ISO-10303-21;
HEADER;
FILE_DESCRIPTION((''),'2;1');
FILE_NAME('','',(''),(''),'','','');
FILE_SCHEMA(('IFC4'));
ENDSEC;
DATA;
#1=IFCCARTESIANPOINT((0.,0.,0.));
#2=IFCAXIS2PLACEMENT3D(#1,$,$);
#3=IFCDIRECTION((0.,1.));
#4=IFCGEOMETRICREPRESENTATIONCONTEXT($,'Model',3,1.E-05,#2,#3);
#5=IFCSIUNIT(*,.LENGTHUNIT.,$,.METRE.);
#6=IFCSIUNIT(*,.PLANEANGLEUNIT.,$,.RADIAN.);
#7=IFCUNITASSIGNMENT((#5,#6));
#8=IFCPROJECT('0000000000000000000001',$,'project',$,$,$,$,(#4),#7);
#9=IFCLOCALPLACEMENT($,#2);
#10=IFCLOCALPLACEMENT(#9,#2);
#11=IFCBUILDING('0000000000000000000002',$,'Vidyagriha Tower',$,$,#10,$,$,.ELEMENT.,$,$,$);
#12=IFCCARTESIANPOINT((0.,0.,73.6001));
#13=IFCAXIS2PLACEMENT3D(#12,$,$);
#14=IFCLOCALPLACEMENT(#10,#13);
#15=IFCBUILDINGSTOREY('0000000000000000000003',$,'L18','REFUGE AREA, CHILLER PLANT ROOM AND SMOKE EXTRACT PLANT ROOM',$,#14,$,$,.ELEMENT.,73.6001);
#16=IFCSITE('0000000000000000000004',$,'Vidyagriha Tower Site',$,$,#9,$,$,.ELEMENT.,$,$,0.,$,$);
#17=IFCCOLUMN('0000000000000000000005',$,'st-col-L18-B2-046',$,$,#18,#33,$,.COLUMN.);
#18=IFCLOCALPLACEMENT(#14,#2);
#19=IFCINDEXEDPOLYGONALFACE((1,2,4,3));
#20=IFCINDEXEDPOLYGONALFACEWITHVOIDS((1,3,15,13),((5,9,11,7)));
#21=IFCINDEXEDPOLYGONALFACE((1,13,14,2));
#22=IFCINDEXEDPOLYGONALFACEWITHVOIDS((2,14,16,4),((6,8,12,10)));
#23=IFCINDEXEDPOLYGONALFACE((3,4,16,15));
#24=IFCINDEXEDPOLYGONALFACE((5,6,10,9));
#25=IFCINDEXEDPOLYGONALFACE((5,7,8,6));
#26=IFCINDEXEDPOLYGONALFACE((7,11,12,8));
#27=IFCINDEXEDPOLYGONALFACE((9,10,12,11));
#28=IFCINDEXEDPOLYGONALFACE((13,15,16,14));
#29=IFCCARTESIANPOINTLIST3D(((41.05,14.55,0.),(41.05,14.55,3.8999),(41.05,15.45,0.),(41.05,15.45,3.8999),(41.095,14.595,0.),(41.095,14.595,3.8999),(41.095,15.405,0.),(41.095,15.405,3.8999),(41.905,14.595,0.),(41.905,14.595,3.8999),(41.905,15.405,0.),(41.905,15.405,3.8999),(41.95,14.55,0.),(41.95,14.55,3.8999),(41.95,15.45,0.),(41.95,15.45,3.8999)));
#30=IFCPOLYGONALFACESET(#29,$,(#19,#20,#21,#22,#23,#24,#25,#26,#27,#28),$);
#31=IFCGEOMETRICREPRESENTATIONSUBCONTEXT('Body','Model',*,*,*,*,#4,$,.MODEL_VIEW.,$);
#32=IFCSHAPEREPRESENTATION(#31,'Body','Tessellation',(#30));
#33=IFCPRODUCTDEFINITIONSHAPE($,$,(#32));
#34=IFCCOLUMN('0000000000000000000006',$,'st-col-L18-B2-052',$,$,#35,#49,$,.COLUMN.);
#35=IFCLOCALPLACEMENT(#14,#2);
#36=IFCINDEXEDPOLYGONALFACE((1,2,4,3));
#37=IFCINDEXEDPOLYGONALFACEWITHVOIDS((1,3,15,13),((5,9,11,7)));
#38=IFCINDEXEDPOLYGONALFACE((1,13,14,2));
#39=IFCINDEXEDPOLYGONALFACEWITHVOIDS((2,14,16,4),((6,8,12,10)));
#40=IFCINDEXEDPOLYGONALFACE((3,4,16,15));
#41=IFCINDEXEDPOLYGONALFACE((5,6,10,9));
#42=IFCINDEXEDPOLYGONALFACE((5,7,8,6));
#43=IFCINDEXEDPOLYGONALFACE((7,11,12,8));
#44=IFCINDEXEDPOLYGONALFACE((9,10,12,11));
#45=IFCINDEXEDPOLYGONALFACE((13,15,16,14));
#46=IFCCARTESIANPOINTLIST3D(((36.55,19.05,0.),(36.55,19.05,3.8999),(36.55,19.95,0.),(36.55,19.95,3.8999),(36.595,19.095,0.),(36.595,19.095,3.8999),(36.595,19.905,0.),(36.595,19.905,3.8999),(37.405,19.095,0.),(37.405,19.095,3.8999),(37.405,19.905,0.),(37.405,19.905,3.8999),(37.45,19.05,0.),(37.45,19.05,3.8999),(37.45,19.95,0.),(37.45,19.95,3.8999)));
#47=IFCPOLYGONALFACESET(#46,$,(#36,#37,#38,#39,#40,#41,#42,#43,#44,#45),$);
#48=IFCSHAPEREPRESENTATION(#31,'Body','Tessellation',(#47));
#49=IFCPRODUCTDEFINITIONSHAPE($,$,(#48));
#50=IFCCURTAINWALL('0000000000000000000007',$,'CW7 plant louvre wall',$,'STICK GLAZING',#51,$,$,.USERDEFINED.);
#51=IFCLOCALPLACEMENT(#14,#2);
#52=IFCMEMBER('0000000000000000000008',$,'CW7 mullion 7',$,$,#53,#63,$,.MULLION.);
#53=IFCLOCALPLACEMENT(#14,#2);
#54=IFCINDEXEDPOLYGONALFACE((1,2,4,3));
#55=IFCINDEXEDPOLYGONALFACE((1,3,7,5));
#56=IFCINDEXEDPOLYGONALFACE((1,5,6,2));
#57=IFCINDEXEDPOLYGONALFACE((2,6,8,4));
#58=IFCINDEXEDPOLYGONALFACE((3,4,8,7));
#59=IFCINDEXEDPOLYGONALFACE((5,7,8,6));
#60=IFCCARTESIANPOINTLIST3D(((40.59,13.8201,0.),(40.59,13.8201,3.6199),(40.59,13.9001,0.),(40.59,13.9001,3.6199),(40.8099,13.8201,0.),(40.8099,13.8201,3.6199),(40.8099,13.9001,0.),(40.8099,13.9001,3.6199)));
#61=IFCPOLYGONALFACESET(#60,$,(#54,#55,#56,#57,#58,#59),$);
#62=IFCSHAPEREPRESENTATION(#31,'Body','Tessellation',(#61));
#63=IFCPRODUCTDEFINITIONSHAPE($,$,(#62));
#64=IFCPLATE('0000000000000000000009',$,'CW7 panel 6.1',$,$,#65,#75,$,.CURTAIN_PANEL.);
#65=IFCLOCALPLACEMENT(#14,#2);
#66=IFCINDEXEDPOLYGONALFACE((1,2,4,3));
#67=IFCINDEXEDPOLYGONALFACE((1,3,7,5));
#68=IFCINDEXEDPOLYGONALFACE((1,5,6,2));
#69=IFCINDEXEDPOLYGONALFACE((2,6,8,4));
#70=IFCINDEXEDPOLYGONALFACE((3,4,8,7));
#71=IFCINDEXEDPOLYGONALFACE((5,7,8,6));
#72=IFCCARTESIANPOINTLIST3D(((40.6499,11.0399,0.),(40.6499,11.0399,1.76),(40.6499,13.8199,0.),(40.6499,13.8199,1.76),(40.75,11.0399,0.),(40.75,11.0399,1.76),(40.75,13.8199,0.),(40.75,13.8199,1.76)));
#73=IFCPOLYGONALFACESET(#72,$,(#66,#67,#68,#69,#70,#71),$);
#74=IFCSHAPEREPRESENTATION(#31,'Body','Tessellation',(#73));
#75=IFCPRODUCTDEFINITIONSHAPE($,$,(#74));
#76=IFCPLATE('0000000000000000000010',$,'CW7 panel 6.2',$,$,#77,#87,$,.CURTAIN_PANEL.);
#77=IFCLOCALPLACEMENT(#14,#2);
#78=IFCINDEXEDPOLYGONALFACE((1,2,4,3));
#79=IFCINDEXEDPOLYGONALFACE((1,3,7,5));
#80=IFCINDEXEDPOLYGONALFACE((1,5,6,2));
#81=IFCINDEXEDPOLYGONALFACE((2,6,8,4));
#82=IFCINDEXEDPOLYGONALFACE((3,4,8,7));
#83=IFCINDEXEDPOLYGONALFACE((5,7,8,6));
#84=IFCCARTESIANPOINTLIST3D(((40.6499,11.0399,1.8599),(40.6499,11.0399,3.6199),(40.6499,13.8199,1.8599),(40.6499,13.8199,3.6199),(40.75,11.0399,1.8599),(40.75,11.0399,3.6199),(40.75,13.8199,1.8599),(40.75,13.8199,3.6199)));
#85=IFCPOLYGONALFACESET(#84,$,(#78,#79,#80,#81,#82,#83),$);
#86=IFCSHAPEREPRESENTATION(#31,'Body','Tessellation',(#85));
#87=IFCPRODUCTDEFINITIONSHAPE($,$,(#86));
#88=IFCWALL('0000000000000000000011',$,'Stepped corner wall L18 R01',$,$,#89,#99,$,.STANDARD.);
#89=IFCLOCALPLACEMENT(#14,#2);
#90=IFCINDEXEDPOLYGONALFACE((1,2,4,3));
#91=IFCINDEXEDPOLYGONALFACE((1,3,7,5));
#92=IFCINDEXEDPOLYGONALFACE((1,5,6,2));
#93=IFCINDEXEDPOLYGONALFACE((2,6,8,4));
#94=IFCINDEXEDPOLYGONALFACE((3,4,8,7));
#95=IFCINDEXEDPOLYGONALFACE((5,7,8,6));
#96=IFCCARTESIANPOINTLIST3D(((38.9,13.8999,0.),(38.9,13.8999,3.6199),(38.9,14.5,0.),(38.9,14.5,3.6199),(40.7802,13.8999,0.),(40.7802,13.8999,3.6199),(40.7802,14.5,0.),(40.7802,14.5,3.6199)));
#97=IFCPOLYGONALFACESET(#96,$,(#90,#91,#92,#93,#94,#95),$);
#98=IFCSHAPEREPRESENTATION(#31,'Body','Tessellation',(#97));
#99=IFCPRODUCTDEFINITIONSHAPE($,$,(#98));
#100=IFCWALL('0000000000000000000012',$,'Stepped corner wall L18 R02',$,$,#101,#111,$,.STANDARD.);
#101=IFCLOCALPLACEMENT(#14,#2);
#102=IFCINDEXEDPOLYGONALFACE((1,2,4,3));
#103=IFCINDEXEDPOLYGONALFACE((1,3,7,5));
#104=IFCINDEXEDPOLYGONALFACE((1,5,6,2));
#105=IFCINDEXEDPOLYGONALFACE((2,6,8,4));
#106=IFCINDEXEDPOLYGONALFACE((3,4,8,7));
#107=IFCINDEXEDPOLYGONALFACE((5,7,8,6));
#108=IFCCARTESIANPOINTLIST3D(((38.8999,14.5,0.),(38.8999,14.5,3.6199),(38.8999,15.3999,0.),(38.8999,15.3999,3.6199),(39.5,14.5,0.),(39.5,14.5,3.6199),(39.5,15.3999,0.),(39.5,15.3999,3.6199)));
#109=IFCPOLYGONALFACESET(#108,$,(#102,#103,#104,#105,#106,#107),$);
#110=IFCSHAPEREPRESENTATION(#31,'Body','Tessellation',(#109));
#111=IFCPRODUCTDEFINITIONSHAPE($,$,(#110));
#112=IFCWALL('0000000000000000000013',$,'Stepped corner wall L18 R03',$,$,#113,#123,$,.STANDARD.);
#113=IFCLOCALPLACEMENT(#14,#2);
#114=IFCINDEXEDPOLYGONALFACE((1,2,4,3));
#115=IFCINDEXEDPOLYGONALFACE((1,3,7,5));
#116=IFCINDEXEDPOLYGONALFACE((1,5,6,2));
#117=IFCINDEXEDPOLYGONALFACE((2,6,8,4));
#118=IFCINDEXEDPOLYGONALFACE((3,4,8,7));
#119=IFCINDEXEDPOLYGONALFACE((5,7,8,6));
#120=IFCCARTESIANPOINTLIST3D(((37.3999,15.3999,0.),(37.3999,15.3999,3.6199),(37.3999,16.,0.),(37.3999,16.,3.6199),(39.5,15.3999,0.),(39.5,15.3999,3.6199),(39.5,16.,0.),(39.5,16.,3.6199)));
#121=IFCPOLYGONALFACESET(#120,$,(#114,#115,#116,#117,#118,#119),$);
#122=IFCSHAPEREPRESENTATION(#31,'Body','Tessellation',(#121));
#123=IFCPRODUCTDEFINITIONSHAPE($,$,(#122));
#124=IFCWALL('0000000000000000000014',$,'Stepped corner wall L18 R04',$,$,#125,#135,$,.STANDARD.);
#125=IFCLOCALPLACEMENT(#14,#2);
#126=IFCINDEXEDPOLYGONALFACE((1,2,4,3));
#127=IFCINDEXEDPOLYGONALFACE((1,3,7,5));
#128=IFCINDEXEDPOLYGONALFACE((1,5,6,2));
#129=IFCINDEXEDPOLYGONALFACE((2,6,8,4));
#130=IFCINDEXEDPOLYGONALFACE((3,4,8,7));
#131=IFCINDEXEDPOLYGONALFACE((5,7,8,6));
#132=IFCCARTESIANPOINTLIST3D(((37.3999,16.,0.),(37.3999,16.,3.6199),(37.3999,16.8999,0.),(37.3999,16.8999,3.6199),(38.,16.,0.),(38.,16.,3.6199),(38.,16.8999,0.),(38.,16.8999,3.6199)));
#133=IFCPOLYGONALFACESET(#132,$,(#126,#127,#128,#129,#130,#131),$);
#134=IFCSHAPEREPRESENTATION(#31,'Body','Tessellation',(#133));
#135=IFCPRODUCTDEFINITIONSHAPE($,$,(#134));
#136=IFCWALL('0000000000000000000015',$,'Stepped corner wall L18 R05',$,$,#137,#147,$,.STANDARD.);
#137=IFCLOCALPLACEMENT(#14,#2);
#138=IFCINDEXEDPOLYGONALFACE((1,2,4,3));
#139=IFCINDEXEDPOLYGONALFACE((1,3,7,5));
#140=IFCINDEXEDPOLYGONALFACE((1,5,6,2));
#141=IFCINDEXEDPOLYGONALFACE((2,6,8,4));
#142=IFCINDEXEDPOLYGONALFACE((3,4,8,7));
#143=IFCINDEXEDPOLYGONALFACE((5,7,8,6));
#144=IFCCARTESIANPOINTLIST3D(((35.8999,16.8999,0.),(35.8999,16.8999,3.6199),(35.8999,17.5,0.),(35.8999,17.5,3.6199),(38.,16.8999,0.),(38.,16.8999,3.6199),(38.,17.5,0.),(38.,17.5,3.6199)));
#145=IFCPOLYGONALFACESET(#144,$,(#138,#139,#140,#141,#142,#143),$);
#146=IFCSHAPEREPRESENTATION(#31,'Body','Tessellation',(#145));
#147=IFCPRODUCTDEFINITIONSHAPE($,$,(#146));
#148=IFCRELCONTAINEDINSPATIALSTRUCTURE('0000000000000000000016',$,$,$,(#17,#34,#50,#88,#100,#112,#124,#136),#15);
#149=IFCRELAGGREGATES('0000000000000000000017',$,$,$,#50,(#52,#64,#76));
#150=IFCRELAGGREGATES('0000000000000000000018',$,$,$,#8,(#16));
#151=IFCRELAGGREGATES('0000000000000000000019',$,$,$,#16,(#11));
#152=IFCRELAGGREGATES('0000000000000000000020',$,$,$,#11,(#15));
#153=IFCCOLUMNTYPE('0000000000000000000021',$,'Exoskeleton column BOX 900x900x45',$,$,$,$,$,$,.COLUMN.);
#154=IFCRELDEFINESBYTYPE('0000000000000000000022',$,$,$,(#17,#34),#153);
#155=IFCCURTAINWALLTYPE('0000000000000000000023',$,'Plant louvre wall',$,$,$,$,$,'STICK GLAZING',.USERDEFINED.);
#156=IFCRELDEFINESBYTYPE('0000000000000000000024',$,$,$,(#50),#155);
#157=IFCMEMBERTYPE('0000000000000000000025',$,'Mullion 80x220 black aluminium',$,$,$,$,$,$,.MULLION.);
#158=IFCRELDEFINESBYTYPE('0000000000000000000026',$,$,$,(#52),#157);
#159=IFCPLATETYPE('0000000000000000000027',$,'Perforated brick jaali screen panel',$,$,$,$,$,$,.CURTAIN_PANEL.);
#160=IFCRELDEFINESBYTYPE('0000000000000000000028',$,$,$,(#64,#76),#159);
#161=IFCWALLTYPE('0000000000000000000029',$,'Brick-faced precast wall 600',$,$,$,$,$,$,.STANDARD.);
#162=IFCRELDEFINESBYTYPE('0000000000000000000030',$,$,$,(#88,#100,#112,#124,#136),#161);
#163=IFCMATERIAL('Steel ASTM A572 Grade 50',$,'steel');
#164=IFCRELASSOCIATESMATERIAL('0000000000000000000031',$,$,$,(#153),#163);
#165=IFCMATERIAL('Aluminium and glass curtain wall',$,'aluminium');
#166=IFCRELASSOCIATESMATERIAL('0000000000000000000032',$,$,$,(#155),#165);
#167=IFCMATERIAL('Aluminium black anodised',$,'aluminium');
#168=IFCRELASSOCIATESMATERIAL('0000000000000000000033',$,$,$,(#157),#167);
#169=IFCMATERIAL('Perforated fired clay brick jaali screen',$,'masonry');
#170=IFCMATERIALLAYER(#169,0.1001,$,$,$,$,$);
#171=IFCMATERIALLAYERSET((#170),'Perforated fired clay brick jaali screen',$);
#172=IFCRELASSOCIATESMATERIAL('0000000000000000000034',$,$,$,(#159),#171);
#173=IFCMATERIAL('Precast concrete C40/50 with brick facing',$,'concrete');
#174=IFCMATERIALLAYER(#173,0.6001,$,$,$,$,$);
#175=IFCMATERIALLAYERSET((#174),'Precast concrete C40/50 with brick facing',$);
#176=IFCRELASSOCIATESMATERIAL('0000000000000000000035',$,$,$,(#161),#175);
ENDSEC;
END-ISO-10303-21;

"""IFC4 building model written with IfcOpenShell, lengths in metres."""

from ifc_helpers import new_model, si_unit, direction, frame, frame_2d, origin, origin_2d, place, context, subcontext, project, spatial, rectangle, hollow_rectangle, extrude, material, layer, layer_set, material_profile, profile_set, type_object, element, aggregate, save


model = new_model("IFC4")

# Units and contexts
model_context = context("Model", 3, precision=1e-05, world=origin(), true_north=direction((0.0, 1.0)))
body_context = subcontext(model_context, "Body", "Model", "MODEL_VIEW")
ifc_project = project(units=[si_unit("LENGTHUNIT", "METRE"), si_unit("PLANEANGLEUNIT", "RADIAN")], contexts=[model_context])

# Site, building, storey
site_placement = place(None, origin())
site = spatial("IfcSite", under=ifc_project, at=site_placement, Name="Vidyagriha Tower Site", CompositionType="ELEMENT", RefElevation=0.0)
building_placement = place(site_placement, origin())
building = spatial("IfcBuilding", under=site, at=building_placement, Name="Vidyagriha Tower", CompositionType="ELEMENT")
storey_placement = place(building_placement, frame((0.0, 0.0, 73.6001)))
storey = spatial("IfcBuildingStorey", under=building, at=storey_placement, Name="L18", Description="REFUGE AREA, CHILLER PLANT ROOM AND SMOKE EXTRACT PLANT ROOM", CompositionType="ELEMENT", Elevation=73.6001)

# Columns
ifc_material_1 = material(Name="Steel ASTM A572 Grade 50", Category="steel")
ifc_material_profile_1 = material_profile(ifc_material_1, hollow_rectangle(XDim=0.8999, YDim=0.8999, WallThickness=0.0449, at=origin_2d()), Name="BOX 900x900x45")
ifc_profile_set_1 = profile_set([ifc_material_profile_1], Name="Steel ASTM A572 Grade 50")
column_type = type_object("IfcColumnType", Name="Exoskeleton column BOX 900x900x45", PredefinedType="COLUMN", material=ifc_profile_set_1)
for number, where, name in (
    (1, (41.5, 15.0, 0.0), "st-col-L18-B2-046"),
    (2, (37.0, 19.5, 0.0), "st-col-L18-B2-052"),
):
    element("IfcColumn", number, at=place(storey_placement, frame(where)), inside=storey, type_object=column_type, Name=name, PredefinedType="COLUMN", context=body_context, shape_type="SweptSolid", body=[
        extrude(hollow_rectangle(XDim=0.8999, YDim=0.8999, WallThickness=0.0449, at=origin_2d()), origin(), (0.0, 0.0, 1.0), 3.8999),
    ])

# Curtain wall, member, plates
ifc_material_2 = material(Name="Aluminium and glass curtain wall", Category="aluminium")
curtain_wall_type = type_object("IfcCurtainWallType", Name="Plant louvre wall", ElementType="STICK GLAZING", PredefinedType="USERDEFINED", material=ifc_material_2)
curtain_wall_placement = place(storey_placement, origin())
curtain_wall = element("IfcCurtainWall", 3, at=curtain_wall_placement, inside=storey, type_object=curtain_wall_type, Name="CW7 plant louvre wall", ObjectType="STICK GLAZING", PredefinedType="USERDEFINED")
ifc_material_3 = material(Name="Aluminium black anodised", Category="aluminium")
ifc_material_profile_2 = material_profile(ifc_material_3, rectangle(XDim=0.22, YDim=0.0801, at=origin_2d()), Name="Mullion 80x220 black aluminium")
ifc_profile_set_2 = profile_set([ifc_material_profile_2], Name="Aluminium black anodised")
member_type = type_object("IfcMemberType", Name="Mullion 80x220 black aluminium", PredefinedType="MULLION", material=ifc_profile_set_2)
member_placement = place(storey_placement, frame((40.7, 13.8601, 0.0), z_axis=(0.0, 0.0, 1.0), x_axis=(-1.0, 0.0, 0.0)))
member = element("IfcMember", 4, at=member_placement, type_object=member_type, Name="CW7 mullion 7", PredefinedType="MULLION", context=body_context, shape_type="SweptSolid", body=[
    extrude(rectangle(XDim=0.22, YDim=0.0801, at=origin_2d()), origin(), (0.0, 0.0, 1.0), 3.6199),
])
ifc_material_4 = material(Name="Perforated fired clay brick jaali screen", Category="masonry")
ifc_layer_1 = layer(ifc_material_4, 0.1001)
ifc_layer_set_1 = layer_set([ifc_layer_1], Name="Perforated fired clay brick jaali screen")
plate_type = type_object("IfcPlateType", Name="Perforated brick jaali screen panel", PredefinedType="CURTAIN_PANEL", material=ifc_layer_set_1)
plate_1_placement = place(storey_placement, frame((40.7, 12.4299, 0.0), z_axis=(0.0, 0.0, 1.0), x_axis=(0.0, 1.0, 0.0)))
plate_1 = element("IfcPlate", 5, at=plate_1_placement, type_object=plate_type, Name="CW7 panel 6.1", PredefinedType="CURTAIN_PANEL", context=body_context, shape_type="SweptSolid", body=[
    extrude(rectangle(XDim=2.78, YDim=0.1001, at=origin_2d()), origin(), (0.0, 0.0, 1.0), 1.76),
])
plate_2_placement = place(storey_placement, frame((40.7, 12.4299, 1.8599), z_axis=(0.0, 0.0, 1.0), x_axis=(0.0, 1.0, 0.0)))
plate_2 = element("IfcPlate", 6, at=plate_2_placement, type_object=plate_type, Name="CW7 panel 6.2", PredefinedType="CURTAIN_PANEL", context=body_context, shape_type="SweptSolid", body=[
    extrude(rectangle(XDim=2.78, YDim=0.1001, at=origin_2d()), origin(), (0.0, 0.0, 1.0), 1.76),
])
aggregate(curtain_wall, [member, plate_1, plate_2])

# Walls
ifc_material_5 = material(Name="Precast concrete C40/50 with brick facing", Category="concrete")
ifc_layer_2 = layer(ifc_material_5, 0.6001)
ifc_layer_set_2 = layer_set([ifc_layer_2], Name="Precast concrete C40/50 with brick facing")
wall_type = type_object("IfcWallType", Name="Brick-faced precast wall 600", PredefinedType="STANDARD", material=ifc_layer_set_2)
wall_1_placement = place(storey_placement, frame((40.78, 14.2, 0.0), z_axis=(0.0, 0.0, 1.0), x_axis=(-1.0, 0.0, 0.0)))
element("IfcWall", 7, at=wall_1_placement, inside=storey, type_object=wall_type, Name="Stepped corner wall L18 R01", PredefinedType="STANDARD", context=body_context, shape_type="SweptSolid", body=[
    extrude(rectangle(XDim=1.8801, YDim=0.6001, at=frame_2d((0.9399, 0.0))), origin(), (0.0, 0.0, 1.0), 3.6199),
])
wall_2_placement = place(storey_placement, frame((39.2, 14.5, 0.0), z_axis=(0.0, 0.0, 1.0), x_axis=(0.0, 1.0, 0.0)))
element("IfcWall", 8, at=wall_2_placement, inside=storey, type_object=wall_type, Name="Stepped corner wall L18 R02", PredefinedType="STANDARD", context=body_context, shape_type="SweptSolid", body=[
    extrude(rectangle(XDim=0.8999, YDim=0.6001, at=frame_2d((0.45, 0.0))), origin(), (0.0, 0.0, 1.0), 3.6199),
])
wall_3_placement = place(storey_placement, frame((39.5, 15.7, 0.0), z_axis=(0.0, 0.0, 1.0), x_axis=(-1.0, 0.0, 0.0)))
element("IfcWall", 9, at=wall_3_placement, inside=storey, type_object=wall_type, Name="Stepped corner wall L18 R03", PredefinedType="STANDARD", context=body_context, shape_type="SweptSolid", body=[
    extrude(rectangle(XDim=2.1001, YDim=0.6001, at=frame_2d((1.05, 0.0))), origin(), (0.0, 0.0, 1.0), 3.6199),
])
wall_4_placement = place(storey_placement, frame((37.7, 16.0, 0.0), z_axis=(0.0, 0.0, 1.0), x_axis=(0.0, 1.0, 0.0)))
element("IfcWall", 10, at=wall_4_placement, inside=storey, type_object=wall_type, Name="Stepped corner wall L18 R04", PredefinedType="STANDARD", context=body_context, shape_type="SweptSolid", body=[
    extrude(rectangle(XDim=0.8999, YDim=0.6001, at=frame_2d((0.45, 0.0))), origin(), (0.0, 0.0, 1.0), 3.6199),
])
wall_5_placement = place(storey_placement, frame((38.0, 17.2, 0.0), z_axis=(0.0, 0.0, 1.0), x_axis=(-1.0, 0.0, 0.0)))
element("IfcWall", 11, at=wall_5_placement, inside=storey, type_object=wall_type, Name="Stepped corner wall L18 R05", PredefinedType="STANDARD", context=body_context, shape_type="SweptSolid", body=[
    extrude(rectangle(XDim=2.1001, YDim=0.6001, at=frame_2d((1.05, 0.0))), origin(), (0.0, 0.0, 1.0), 3.6199),
])

save(model, "model.ifc")
